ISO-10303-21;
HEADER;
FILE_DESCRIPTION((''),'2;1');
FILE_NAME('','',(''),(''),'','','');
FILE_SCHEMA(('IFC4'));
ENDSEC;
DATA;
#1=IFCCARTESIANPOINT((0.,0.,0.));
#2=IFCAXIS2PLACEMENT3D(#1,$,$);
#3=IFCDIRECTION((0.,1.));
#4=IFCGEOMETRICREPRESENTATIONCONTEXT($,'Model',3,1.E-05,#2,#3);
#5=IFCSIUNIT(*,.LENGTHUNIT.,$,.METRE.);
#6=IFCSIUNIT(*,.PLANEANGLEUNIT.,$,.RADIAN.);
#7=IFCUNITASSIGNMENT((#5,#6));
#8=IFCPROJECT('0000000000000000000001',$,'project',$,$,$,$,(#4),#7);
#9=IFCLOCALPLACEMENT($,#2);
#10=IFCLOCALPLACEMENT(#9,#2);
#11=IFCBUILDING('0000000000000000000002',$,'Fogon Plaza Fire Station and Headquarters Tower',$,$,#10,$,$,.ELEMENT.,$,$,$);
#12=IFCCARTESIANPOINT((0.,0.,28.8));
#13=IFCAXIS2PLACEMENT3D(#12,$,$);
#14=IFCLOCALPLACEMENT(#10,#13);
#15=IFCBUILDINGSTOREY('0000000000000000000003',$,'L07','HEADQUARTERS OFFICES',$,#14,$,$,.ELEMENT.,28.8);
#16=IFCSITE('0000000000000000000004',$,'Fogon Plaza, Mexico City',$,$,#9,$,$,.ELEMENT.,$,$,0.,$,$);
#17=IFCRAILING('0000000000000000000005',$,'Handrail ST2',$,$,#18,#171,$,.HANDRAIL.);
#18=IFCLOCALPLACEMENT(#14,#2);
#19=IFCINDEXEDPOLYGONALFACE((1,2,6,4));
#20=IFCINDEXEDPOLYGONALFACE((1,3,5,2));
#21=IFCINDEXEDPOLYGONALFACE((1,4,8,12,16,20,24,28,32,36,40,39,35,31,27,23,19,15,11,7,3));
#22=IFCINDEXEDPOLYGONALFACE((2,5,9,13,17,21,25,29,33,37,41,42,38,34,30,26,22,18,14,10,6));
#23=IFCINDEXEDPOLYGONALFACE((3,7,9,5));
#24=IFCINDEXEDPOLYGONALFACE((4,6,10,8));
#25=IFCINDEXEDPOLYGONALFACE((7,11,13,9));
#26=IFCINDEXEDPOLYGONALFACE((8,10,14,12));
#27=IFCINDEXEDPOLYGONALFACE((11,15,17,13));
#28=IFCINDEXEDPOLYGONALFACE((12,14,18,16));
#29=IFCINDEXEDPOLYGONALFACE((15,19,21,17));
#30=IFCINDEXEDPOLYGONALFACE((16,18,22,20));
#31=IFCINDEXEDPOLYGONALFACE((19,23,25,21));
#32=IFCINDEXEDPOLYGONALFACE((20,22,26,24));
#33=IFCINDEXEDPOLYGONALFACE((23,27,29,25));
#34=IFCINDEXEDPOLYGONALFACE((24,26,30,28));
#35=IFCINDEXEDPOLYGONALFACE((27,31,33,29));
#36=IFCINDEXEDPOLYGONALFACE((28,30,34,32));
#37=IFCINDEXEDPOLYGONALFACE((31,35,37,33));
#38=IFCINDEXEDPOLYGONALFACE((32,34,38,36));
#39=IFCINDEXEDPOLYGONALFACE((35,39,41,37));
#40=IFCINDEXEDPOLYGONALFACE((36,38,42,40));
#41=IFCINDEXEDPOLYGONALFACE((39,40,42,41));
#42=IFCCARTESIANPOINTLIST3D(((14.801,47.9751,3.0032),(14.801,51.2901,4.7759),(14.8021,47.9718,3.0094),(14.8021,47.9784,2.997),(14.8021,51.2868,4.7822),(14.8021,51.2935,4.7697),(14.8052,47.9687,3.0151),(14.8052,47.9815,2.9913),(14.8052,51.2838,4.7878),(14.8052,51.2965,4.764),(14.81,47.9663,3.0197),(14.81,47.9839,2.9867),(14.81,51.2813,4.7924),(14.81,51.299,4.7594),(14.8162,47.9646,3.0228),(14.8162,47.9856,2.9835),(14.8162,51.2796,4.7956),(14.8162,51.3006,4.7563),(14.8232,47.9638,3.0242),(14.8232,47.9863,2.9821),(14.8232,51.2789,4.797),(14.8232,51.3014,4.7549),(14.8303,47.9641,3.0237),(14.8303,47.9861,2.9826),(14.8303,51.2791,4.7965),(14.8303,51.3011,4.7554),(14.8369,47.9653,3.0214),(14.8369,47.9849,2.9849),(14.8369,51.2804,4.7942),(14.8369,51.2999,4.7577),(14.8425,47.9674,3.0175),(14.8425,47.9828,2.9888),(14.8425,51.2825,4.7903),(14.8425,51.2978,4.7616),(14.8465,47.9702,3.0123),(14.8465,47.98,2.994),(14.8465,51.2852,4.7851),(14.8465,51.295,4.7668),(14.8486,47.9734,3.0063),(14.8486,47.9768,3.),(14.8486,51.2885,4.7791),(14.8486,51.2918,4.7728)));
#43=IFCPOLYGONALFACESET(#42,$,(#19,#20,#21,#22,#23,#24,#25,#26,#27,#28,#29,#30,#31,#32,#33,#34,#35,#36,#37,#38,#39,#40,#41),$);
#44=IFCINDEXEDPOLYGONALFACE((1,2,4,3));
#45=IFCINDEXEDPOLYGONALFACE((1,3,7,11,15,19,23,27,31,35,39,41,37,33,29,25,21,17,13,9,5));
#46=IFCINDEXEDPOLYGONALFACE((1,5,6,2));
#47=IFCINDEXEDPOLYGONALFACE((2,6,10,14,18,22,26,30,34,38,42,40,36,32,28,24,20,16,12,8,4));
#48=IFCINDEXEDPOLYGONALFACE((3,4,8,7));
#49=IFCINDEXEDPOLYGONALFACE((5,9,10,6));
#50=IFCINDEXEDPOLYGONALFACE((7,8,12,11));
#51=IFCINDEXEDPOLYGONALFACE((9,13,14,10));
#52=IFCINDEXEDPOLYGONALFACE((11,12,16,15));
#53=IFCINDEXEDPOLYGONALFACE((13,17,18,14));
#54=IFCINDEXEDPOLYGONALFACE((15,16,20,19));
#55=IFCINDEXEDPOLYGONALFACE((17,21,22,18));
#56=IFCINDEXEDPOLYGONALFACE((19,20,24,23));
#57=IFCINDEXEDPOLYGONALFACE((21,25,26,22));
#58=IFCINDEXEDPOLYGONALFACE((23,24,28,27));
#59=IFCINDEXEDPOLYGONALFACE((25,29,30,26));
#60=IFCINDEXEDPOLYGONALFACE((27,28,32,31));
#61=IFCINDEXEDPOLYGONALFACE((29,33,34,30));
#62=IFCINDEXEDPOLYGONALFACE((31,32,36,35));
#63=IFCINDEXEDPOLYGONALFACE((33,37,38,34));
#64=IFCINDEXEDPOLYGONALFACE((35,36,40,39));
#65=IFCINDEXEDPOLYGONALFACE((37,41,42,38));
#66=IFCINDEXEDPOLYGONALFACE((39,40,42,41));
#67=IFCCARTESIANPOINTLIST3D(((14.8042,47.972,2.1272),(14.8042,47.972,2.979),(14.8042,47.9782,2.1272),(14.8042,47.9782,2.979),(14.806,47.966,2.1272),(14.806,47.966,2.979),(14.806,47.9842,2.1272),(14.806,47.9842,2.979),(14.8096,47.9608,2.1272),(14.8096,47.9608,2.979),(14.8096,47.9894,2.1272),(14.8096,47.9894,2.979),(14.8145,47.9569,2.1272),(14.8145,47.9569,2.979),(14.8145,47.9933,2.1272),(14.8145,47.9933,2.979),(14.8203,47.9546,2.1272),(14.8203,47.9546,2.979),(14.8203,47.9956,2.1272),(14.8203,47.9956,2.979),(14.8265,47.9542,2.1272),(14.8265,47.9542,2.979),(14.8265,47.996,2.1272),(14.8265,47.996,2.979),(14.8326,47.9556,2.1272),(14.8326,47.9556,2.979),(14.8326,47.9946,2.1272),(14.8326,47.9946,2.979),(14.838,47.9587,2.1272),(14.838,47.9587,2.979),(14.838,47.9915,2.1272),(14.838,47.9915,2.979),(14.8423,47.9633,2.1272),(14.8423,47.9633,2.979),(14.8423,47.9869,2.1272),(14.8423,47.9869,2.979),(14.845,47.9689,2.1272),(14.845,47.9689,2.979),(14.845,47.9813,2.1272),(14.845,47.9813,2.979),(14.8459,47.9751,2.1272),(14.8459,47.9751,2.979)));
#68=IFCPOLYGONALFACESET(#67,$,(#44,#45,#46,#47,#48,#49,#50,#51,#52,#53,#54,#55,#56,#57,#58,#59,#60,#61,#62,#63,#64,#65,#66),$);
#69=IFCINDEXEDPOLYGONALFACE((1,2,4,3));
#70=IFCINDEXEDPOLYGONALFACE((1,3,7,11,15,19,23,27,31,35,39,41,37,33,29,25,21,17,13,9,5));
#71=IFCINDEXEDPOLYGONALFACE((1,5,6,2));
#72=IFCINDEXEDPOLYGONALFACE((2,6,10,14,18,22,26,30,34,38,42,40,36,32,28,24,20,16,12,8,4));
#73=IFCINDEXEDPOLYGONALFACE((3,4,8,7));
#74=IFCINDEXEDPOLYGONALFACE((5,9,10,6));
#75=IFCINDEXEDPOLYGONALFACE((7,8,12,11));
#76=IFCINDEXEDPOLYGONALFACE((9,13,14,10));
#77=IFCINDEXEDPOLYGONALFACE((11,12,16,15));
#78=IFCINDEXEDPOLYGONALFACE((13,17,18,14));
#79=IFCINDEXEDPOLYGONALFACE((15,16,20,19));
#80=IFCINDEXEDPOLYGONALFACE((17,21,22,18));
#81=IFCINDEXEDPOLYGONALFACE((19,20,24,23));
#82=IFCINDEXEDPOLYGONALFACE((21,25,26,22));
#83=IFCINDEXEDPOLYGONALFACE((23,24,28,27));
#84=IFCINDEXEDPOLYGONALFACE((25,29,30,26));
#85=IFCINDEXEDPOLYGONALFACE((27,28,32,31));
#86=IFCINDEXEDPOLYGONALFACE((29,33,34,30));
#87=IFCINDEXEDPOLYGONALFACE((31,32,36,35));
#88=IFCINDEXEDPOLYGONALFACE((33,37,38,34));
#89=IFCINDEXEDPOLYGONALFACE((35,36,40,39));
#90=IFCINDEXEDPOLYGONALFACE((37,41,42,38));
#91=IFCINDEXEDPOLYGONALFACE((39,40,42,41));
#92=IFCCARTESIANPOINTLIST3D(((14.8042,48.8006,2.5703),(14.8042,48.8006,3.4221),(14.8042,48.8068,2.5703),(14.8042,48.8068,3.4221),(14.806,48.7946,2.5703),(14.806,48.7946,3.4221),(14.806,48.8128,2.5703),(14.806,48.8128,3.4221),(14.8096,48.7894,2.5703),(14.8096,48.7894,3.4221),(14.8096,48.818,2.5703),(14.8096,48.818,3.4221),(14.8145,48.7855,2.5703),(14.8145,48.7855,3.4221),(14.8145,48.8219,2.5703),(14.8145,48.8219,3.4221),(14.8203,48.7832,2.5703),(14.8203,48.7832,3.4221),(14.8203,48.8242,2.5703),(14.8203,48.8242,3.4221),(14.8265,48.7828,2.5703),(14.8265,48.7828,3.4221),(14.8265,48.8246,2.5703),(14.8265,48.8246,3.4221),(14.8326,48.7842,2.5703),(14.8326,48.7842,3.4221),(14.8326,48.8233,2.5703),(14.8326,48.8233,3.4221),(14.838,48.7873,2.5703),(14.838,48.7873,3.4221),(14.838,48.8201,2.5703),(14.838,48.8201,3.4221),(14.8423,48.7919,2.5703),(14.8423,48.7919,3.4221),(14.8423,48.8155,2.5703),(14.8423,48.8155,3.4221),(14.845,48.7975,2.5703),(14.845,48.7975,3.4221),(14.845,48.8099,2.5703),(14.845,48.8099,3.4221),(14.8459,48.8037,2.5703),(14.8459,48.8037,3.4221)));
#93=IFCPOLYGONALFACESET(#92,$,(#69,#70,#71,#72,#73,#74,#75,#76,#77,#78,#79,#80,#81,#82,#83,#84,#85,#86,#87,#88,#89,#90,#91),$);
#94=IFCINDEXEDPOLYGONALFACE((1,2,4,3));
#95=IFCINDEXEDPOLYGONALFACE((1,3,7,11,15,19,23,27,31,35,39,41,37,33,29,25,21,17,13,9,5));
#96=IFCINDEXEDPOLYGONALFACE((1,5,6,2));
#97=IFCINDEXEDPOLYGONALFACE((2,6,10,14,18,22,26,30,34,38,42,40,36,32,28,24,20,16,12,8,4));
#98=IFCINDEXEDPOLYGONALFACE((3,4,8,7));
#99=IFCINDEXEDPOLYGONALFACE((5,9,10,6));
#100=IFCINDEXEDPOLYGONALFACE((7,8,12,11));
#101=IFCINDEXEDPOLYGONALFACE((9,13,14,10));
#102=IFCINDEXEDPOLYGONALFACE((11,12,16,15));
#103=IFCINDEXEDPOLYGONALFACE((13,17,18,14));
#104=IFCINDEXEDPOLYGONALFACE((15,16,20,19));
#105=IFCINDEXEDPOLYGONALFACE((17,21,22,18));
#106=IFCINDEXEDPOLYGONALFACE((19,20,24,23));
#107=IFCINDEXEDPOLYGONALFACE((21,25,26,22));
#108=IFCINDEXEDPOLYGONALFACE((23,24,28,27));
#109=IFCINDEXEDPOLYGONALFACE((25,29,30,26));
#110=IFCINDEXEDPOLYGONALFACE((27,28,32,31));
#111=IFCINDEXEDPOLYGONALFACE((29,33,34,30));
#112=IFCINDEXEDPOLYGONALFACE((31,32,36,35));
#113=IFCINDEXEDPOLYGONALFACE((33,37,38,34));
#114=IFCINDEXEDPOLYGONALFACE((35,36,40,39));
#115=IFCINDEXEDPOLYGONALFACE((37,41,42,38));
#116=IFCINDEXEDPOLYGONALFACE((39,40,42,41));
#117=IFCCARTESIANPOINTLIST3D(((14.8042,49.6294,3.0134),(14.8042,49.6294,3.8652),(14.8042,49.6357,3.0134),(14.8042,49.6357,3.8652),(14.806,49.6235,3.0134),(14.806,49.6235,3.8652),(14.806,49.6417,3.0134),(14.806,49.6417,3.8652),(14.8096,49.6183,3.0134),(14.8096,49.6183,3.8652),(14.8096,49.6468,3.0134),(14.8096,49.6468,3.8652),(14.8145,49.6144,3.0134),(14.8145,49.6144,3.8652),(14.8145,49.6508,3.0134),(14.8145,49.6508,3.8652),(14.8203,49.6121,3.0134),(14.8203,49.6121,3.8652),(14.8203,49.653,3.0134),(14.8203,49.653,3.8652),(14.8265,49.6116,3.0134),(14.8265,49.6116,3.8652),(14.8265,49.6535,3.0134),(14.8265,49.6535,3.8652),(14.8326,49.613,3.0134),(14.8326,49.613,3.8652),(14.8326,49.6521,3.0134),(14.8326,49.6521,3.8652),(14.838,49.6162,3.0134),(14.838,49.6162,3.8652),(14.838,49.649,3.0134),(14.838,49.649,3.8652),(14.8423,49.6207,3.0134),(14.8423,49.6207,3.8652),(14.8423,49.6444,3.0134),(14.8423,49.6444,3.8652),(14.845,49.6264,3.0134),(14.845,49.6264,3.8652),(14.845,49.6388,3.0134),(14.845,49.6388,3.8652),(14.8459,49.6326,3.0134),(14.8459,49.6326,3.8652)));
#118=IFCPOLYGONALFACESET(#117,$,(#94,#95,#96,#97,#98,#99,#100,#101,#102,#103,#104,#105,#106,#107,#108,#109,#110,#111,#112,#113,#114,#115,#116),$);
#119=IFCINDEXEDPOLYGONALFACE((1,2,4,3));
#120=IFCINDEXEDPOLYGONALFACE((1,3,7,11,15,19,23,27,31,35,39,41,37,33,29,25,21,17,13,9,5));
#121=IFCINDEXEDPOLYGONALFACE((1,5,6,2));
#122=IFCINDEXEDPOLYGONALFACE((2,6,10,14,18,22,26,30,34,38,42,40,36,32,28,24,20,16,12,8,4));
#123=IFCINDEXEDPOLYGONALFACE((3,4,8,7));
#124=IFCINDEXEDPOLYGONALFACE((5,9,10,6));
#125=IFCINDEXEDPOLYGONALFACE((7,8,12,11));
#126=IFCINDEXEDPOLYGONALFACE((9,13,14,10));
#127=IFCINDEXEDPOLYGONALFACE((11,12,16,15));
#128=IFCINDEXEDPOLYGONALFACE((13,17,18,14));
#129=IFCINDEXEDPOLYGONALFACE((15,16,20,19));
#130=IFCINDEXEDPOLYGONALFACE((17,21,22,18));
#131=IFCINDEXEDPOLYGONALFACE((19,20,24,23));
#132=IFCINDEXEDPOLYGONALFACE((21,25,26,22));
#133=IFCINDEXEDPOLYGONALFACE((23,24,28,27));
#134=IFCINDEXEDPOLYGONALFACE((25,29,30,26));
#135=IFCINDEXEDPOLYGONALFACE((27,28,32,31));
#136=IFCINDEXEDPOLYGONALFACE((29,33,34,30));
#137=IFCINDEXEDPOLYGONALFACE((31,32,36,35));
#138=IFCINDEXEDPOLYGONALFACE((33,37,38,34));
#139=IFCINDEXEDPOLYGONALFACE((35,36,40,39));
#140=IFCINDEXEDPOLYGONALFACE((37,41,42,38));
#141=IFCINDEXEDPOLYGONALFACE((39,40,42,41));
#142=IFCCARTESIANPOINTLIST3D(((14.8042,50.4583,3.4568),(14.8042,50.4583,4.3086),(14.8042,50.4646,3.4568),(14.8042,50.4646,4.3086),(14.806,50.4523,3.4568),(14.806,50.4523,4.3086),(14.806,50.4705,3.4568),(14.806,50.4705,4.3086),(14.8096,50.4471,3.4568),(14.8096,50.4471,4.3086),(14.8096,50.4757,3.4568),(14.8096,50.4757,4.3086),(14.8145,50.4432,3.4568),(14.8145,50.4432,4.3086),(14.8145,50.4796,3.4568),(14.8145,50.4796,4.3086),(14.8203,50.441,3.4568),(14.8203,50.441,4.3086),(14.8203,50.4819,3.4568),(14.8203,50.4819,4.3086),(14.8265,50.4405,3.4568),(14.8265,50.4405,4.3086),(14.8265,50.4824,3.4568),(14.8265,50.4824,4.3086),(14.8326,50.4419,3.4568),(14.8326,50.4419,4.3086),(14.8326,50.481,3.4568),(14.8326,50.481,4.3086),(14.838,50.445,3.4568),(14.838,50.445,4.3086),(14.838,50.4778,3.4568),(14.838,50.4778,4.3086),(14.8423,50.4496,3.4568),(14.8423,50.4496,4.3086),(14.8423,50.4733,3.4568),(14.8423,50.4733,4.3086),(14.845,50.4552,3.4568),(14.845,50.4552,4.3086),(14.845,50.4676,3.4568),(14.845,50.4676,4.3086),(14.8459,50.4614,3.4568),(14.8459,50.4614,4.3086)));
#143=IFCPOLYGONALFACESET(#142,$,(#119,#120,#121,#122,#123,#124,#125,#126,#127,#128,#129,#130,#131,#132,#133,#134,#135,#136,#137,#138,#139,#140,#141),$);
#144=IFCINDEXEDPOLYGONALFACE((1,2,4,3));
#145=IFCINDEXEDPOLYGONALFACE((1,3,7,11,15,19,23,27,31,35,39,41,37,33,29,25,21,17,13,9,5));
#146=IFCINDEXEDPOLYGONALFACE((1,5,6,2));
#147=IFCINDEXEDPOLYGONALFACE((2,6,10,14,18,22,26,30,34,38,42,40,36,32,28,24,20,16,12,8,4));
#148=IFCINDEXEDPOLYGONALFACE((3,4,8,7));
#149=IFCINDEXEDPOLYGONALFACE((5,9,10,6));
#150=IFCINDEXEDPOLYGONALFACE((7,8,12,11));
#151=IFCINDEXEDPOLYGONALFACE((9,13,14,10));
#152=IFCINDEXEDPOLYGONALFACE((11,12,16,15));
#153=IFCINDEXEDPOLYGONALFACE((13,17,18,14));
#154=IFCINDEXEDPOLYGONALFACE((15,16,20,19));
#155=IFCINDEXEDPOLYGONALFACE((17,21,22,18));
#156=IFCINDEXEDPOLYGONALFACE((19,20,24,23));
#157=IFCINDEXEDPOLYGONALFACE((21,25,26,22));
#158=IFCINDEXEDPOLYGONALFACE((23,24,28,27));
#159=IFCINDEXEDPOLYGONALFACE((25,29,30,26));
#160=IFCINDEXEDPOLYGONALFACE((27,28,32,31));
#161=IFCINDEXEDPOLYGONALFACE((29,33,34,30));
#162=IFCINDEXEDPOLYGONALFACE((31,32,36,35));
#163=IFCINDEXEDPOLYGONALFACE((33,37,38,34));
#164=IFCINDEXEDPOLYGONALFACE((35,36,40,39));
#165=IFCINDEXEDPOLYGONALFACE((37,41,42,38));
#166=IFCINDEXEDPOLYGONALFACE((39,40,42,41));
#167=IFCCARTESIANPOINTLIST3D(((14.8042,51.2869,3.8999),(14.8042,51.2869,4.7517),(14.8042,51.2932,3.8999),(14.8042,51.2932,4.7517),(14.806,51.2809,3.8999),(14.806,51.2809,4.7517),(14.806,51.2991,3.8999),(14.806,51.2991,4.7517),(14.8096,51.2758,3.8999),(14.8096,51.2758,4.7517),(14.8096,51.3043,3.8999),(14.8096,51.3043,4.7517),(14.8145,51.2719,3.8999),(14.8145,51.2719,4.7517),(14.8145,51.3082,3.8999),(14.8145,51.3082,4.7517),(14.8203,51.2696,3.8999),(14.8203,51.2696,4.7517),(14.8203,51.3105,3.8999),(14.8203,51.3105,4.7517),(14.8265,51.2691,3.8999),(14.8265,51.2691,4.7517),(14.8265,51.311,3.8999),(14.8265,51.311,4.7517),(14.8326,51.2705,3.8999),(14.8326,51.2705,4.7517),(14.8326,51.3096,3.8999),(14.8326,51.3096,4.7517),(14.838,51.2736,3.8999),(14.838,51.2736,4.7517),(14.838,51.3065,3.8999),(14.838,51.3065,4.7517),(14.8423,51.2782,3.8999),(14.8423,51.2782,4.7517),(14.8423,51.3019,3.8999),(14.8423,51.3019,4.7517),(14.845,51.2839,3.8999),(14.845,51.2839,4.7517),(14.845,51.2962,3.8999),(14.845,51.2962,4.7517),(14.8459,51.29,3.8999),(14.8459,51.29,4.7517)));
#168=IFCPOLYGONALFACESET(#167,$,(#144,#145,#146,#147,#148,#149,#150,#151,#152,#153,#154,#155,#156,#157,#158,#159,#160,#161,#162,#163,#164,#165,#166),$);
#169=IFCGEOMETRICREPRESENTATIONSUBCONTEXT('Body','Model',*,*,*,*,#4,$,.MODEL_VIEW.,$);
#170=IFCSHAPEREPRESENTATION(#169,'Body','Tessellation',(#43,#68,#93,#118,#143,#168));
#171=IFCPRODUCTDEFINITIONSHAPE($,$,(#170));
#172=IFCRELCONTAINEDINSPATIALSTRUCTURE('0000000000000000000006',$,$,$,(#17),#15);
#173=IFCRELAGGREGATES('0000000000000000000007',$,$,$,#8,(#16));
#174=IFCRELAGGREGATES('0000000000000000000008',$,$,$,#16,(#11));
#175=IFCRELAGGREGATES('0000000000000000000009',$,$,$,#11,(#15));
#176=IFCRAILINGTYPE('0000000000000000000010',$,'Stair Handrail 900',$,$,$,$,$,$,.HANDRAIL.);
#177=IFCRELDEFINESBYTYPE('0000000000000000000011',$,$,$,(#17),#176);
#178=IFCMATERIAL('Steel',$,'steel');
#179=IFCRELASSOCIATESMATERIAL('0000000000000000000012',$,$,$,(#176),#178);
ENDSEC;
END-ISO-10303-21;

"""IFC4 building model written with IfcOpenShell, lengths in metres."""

from ifc_helpers import new_model, si_unit, direction, frame, origin, origin_2d, place, context, subcontext, project, spatial, circle, extrude, material, type_object, element, save


model = new_model("IFC4")

# Units and contexts
model_context = context("Model", 3, precision=1e-05, world=origin(), true_north=direction((0.0, 1.0)))
body_context = subcontext(model_context, "Body", "Model", "MODEL_VIEW")
ifc_project = project(units=[si_unit("LENGTHUNIT", "METRE"), si_unit("PLANEANGLEUNIT", "RADIAN")], contexts=[model_context])

# Site, building, storey
site_placement = place(None, origin())
site = spatial("IfcSite", under=ifc_project, at=site_placement, Name="Fogon Plaza, Mexico City", CompositionType="ELEMENT", RefElevation=0.0)
building_placement = place(site_placement, origin())
building = spatial("IfcBuilding", under=site, at=building_placement, Name="Fogon Plaza Fire Station and Headquarters Tower", CompositionType="ELEMENT")
storey_placement = place(building_placement, frame((0.0, 0.0, 28.8)))
storey = spatial("IfcBuildingStorey", under=building, at=storey_placement, Name="L07", Description="HEADQUARTERS OFFICES", CompositionType="ELEMENT", Elevation=28.8)

# Railing
ifc_material_1 = material(Name="Steel", Category="steel")
railing_type = type_object("IfcRailingType", Name="Stair Handrail 900", PredefinedType="HANDRAIL", material=ifc_material_1)
for number, where, name in (
    (1, (14.825, 47.9751, 2.1272), "Handrail ST2"),
):
    element("IfcRailing", number, at=place(storey_placement, frame(where)), inside=storey, type_object=railing_type, Name=name, PredefinedType="HANDRAIL", context=body_context, shape_type="SweptSolid", body=[
        extrude(circle(Radius=0.0239, at=origin_2d()), frame((0.0, 0.0, 0.876), z_axis=(0.0, 0.881829, 0.471569), x_axis=(-1.0, 0.0, 0.0)), (0.0, 0.0, 1.0), 3.7593),
        extrude(circle(Radius=0.021, at=origin_2d()), origin(), (0.0, 0.0, 1.0), 0.8518),
        extrude(circle(Radius=0.021, at=origin_2d()), frame((0.0, 0.8286, 0.4431)), (0.0, 0.0, 1.0), 0.8518),
        extrude(circle(Radius=0.021, at=origin_2d()), frame((0.0, 1.6575, 0.8862)), (0.0, 0.0, 1.0), 0.8518),
        extrude(circle(Radius=0.021, at=origin_2d()), frame((0.0, 2.4863, 1.3296)), (0.0, 0.0, 1.0), 0.8518),
        extrude(circle(Radius=0.021, at=origin_2d()), frame((0.0, 3.3149, 1.7727)), (0.0, 0.0, 1.0), 0.8518),
    ])

save(model, "model.ifc")
